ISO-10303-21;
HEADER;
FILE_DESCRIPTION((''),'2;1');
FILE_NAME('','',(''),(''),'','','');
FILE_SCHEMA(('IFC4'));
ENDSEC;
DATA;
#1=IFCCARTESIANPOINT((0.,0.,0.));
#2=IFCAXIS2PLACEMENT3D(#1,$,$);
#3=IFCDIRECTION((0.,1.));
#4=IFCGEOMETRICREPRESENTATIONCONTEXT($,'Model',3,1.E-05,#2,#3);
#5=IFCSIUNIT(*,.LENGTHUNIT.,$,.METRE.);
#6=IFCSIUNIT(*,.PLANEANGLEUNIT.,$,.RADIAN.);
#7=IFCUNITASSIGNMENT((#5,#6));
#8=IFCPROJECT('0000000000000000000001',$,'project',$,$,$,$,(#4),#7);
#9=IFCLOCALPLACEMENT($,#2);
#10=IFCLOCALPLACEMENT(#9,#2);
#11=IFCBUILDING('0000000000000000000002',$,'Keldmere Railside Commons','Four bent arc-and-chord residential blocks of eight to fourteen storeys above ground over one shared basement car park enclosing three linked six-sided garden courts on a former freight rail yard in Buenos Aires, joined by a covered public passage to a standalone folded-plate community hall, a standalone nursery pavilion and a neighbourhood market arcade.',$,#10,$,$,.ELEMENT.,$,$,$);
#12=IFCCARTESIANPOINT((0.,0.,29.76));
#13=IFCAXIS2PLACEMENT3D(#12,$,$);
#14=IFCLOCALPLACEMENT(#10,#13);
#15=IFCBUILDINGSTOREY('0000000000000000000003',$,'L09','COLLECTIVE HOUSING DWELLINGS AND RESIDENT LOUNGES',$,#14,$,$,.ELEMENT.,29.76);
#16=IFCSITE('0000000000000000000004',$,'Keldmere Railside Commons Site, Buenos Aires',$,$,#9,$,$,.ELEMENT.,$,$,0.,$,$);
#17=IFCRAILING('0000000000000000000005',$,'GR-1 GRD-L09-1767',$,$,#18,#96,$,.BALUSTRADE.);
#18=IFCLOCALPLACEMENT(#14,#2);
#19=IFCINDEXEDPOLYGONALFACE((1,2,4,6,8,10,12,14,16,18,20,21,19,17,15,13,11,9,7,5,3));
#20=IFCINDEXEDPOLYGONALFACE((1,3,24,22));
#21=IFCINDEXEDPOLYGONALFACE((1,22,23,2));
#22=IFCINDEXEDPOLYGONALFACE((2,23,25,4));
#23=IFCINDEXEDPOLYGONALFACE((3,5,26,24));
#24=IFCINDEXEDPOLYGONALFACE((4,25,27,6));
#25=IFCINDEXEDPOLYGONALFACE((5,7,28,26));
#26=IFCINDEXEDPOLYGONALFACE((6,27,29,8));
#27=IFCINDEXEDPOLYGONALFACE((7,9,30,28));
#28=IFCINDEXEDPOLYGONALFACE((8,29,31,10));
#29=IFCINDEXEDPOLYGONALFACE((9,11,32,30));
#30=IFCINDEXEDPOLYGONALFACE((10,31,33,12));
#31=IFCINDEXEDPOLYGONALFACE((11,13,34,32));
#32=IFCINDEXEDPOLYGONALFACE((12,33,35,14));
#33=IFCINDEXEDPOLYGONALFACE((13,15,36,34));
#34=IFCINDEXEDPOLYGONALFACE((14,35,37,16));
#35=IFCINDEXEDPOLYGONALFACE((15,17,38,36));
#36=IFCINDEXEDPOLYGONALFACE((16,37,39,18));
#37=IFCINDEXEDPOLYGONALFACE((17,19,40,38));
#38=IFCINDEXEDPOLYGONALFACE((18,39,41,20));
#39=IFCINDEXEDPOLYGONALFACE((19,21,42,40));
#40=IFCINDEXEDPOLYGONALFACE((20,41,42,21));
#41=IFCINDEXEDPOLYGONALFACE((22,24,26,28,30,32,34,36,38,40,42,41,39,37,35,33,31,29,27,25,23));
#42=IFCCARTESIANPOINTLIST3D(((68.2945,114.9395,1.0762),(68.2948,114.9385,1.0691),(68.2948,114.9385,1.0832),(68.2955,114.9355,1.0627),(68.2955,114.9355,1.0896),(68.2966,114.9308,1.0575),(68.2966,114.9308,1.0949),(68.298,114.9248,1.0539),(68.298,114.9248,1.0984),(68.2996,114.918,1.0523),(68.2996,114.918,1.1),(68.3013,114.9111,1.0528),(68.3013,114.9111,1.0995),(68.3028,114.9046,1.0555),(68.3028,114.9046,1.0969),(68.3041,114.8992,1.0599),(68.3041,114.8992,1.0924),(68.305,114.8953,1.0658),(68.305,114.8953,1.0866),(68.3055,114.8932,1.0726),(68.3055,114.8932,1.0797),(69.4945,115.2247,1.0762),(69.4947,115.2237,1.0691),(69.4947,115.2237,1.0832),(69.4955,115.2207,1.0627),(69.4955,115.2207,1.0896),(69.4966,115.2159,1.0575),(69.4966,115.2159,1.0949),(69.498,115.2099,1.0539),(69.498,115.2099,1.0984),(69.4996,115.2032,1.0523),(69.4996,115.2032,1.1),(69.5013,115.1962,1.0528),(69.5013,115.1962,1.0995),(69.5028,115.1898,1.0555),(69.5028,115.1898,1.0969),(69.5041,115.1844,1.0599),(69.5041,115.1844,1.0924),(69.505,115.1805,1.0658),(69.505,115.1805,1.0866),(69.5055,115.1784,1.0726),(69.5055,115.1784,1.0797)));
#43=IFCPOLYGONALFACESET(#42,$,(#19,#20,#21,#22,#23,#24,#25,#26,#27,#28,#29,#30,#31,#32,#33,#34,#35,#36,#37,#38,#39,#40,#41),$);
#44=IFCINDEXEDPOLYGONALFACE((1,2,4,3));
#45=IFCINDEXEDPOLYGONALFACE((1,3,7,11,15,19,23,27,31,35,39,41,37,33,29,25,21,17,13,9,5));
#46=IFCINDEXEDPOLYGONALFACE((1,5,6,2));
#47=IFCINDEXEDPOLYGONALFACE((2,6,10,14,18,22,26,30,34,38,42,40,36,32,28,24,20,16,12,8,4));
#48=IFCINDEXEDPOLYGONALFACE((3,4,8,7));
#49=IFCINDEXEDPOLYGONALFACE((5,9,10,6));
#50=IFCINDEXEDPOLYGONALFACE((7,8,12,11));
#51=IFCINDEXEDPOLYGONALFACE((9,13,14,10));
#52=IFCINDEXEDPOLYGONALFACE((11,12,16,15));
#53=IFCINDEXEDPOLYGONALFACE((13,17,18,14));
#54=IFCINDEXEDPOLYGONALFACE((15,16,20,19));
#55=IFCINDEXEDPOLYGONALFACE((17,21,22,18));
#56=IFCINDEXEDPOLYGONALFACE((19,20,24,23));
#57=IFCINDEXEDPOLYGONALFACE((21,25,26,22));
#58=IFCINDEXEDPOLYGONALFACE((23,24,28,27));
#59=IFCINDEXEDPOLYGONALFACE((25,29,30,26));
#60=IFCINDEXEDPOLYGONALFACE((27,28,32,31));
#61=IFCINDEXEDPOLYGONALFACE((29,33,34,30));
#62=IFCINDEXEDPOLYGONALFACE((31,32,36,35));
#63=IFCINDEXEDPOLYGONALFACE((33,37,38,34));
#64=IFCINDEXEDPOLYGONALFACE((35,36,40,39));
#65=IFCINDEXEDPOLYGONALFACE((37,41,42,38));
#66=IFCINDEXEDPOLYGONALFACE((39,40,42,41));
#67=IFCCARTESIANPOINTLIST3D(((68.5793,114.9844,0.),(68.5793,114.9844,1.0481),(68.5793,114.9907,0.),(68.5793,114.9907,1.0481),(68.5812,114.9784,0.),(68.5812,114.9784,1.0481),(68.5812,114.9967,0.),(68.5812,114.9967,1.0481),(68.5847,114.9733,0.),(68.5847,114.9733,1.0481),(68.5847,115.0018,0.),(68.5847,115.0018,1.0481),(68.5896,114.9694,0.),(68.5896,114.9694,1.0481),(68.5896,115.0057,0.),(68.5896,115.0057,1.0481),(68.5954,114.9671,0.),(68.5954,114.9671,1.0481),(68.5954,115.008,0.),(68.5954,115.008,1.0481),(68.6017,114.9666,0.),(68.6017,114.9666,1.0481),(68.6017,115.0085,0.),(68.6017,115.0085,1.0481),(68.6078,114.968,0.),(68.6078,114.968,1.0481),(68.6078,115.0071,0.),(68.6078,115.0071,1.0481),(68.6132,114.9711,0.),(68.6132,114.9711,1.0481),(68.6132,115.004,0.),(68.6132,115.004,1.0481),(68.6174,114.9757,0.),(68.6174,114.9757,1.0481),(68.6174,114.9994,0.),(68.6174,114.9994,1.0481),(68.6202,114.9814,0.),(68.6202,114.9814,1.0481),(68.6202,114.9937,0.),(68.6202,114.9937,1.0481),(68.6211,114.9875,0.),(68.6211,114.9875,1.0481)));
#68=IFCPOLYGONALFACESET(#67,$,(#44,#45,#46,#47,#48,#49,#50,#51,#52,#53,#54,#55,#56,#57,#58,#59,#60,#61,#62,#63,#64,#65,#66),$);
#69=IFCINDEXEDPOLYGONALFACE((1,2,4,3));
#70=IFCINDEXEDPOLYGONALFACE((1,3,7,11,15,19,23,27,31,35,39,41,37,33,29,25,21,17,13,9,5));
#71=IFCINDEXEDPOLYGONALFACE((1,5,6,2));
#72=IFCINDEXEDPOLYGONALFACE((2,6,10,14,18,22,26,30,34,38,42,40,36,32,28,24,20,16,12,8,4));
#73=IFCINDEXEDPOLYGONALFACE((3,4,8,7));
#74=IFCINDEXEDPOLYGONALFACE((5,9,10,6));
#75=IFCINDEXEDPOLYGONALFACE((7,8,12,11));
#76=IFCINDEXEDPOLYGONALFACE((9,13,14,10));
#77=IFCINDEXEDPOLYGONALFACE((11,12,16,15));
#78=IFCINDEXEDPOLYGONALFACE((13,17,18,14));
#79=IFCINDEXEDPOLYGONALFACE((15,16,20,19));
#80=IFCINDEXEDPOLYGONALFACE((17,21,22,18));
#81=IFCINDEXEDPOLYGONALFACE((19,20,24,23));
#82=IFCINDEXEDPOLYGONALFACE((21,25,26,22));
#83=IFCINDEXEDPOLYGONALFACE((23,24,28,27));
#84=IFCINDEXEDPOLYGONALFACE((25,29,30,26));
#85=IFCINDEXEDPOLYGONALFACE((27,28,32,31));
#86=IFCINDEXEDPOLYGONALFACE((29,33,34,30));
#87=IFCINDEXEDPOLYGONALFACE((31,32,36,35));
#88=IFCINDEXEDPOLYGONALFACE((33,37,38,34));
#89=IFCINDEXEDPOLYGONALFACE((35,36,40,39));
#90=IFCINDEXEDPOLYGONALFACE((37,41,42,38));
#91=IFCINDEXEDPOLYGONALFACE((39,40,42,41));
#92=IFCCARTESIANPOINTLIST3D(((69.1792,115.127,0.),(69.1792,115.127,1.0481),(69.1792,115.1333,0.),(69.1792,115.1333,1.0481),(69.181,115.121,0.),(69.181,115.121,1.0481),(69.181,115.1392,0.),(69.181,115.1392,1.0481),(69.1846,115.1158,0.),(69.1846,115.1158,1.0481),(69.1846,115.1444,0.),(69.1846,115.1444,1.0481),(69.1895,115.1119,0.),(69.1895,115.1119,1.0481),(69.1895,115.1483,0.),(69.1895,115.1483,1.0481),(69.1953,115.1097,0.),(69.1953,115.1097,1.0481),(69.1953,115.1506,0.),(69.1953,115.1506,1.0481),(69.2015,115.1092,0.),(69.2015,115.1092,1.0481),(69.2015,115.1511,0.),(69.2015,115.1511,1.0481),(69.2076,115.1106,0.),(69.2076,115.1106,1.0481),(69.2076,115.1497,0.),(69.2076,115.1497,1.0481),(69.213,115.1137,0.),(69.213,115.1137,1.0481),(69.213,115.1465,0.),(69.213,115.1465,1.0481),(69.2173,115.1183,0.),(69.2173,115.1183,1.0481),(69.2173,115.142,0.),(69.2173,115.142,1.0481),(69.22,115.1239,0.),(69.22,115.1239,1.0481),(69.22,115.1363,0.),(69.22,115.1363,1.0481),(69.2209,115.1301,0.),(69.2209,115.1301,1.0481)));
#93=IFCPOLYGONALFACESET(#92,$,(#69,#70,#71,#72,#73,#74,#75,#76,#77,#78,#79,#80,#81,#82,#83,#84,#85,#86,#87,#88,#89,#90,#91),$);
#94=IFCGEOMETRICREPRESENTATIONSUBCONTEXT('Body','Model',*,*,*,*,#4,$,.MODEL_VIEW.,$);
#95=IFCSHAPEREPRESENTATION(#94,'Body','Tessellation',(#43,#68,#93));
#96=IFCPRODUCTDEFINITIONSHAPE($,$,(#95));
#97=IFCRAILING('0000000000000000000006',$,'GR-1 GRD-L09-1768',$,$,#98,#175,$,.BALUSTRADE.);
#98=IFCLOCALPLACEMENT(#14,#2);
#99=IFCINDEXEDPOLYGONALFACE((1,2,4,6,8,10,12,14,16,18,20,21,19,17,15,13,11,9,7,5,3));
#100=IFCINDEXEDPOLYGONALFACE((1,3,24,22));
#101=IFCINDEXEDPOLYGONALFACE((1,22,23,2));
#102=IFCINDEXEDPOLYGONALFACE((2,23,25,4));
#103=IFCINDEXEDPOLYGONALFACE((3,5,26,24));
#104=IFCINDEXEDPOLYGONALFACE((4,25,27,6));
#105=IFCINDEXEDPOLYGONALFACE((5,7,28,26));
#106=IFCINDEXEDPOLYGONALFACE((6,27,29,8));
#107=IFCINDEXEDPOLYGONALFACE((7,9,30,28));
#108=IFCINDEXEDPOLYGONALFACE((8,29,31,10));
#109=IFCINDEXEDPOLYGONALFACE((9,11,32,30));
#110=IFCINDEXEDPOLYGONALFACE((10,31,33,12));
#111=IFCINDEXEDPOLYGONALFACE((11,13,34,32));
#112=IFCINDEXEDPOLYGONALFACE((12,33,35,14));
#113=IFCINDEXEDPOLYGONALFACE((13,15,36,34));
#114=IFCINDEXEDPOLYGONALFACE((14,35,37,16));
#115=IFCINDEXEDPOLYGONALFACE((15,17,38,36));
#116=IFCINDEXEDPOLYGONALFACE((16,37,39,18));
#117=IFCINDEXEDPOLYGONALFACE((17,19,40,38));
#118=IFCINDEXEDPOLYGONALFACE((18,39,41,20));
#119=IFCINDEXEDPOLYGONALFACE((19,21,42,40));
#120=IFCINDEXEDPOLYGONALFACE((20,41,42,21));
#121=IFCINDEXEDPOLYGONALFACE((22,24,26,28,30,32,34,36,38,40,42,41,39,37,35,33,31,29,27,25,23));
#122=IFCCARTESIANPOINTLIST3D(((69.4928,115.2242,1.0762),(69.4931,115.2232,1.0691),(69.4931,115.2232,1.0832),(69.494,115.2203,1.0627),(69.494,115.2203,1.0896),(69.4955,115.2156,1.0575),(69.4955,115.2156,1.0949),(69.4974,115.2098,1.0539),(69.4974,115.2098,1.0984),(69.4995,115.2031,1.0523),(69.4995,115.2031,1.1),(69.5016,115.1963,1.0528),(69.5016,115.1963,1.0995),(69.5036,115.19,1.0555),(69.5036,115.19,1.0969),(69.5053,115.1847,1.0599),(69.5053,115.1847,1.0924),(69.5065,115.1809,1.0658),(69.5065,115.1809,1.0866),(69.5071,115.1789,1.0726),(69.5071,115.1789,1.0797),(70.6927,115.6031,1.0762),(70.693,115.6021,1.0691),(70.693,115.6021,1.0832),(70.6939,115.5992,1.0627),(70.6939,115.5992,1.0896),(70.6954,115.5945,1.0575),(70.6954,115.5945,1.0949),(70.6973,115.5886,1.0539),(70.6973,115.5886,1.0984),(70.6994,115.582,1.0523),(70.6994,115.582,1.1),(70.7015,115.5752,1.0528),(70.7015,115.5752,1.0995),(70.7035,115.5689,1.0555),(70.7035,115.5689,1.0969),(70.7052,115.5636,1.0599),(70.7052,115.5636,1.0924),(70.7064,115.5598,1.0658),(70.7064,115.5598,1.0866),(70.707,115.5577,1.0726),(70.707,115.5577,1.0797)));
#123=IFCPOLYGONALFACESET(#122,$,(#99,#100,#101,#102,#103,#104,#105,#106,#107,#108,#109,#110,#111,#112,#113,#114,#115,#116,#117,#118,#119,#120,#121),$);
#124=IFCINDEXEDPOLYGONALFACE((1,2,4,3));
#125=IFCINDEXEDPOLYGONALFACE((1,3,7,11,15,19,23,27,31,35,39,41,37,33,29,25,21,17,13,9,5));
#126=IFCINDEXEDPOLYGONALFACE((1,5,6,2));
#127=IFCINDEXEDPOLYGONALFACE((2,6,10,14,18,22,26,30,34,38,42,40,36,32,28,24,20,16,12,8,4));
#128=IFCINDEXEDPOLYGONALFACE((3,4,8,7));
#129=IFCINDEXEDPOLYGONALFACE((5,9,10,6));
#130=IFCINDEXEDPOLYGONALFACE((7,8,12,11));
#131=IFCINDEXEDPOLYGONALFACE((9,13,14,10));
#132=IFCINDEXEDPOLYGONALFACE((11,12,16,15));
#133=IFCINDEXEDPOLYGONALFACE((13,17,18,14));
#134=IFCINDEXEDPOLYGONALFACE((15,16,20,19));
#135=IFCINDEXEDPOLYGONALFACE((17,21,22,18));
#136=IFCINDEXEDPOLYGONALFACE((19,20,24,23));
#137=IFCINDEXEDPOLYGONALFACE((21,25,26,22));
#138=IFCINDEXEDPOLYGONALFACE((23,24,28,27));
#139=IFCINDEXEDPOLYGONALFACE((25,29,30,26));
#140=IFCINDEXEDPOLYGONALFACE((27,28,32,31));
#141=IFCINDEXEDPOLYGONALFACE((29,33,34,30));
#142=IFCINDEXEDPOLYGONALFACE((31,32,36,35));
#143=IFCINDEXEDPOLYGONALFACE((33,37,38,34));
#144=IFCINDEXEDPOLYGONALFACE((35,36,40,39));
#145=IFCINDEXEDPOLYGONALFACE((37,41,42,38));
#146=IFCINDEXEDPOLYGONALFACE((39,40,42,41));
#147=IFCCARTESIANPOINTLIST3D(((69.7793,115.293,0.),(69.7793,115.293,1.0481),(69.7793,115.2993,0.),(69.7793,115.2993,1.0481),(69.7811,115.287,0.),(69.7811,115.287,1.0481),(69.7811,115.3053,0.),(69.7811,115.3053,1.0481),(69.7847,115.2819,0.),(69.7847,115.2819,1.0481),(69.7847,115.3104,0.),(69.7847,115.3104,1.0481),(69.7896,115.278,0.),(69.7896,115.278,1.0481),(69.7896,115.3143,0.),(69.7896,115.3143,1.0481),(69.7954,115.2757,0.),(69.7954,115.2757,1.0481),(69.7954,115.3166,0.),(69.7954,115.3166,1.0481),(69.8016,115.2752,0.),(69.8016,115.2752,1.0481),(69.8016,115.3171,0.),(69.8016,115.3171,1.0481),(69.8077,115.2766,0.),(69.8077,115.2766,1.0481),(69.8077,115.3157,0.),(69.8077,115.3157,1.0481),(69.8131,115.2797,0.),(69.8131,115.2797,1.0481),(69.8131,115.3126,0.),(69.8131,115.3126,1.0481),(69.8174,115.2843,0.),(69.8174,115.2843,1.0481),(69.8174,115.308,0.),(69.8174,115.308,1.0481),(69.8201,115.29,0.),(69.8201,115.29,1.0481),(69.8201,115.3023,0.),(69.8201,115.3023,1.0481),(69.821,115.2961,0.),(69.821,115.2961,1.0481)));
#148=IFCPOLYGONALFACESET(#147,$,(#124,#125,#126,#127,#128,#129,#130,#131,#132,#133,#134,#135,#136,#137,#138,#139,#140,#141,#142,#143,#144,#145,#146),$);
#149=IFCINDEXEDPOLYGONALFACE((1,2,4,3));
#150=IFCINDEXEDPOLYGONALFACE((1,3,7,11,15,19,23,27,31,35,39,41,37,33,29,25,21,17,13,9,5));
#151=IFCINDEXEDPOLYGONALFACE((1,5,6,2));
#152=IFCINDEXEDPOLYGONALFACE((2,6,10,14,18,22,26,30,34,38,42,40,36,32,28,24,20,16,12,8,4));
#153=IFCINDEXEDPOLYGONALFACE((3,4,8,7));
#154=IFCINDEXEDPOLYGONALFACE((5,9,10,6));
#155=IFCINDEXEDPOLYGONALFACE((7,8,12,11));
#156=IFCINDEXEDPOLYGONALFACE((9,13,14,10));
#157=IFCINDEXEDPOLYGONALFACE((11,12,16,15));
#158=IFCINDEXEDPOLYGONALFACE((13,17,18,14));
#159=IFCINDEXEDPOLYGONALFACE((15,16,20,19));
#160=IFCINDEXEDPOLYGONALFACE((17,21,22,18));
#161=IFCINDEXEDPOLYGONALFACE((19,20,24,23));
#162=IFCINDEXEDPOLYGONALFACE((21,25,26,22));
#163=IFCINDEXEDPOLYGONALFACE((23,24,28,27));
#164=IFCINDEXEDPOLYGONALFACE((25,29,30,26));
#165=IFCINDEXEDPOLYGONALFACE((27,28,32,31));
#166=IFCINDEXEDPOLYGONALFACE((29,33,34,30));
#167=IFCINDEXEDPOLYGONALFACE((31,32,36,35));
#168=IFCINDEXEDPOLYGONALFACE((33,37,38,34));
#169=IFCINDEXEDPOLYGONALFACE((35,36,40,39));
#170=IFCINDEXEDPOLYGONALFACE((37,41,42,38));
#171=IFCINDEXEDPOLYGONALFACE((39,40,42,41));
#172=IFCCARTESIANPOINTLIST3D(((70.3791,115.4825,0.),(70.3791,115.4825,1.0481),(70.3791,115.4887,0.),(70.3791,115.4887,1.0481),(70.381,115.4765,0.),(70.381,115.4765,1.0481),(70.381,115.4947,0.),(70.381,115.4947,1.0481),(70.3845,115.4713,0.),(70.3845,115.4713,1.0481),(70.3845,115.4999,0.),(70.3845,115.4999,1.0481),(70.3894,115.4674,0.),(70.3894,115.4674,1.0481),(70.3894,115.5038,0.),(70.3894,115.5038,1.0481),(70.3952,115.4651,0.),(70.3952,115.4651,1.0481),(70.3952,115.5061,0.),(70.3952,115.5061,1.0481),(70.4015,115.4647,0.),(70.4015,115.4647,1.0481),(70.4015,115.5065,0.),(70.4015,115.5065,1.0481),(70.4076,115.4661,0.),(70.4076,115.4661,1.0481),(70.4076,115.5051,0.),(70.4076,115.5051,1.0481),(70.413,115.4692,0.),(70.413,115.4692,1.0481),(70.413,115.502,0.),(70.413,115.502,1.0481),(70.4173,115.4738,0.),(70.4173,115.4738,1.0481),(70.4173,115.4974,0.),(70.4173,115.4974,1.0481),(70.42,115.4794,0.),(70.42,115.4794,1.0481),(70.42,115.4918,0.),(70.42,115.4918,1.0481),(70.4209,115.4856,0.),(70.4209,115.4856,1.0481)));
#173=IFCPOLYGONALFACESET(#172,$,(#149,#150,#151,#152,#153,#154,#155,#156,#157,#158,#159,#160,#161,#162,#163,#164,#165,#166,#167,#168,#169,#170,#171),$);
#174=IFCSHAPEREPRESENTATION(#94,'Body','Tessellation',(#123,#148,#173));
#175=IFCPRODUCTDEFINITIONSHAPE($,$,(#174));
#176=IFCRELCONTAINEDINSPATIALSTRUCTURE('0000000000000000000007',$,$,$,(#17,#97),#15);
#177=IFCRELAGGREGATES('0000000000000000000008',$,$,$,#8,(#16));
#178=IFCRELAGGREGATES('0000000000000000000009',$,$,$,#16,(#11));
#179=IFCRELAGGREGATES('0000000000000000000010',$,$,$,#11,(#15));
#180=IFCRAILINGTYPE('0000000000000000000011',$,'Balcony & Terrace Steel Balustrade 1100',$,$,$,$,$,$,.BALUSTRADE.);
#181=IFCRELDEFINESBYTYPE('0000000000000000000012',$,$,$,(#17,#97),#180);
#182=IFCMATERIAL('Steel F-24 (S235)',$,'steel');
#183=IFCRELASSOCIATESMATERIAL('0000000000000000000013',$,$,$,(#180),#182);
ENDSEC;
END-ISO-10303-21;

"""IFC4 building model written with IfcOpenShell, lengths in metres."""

from ifc_helpers import new_model, si_unit, direction, frame, origin, origin_2d, place, context, subcontext, project, spatial, circle, extrude, material, type_object, element, save


model = new_model("IFC4")

# Units and contexts
model_context = context("Model", 3, precision=1e-05, world=origin(), true_north=direction((0.0, 1.0)))
body_context = subcontext(model_context, "Body", "Model", "MODEL_VIEW")
ifc_project = project(units=[si_unit("LENGTHUNIT", "METRE"), si_unit("PLANEANGLEUNIT", "RADIAN")], contexts=[model_context])

# Site, building, storey
site_placement = place(None, origin())
site = spatial("IfcSite", under=ifc_project, at=site_placement, Name="Keldmere Railside Commons Site, Buenos Aires", CompositionType="ELEMENT", RefElevation=0.0)
building_placement = place(site_placement, origin())
building = spatial("IfcBuilding", under=site, at=building_placement, Name="Keldmere Railside Commons", Description="Four bent arc-and-chord residential blocks of eight to fourteen storeys above ground over one shared basement car park enclosing three linked six-sided garden courts on a former freight rail yard in Buenos Aires, joined by a covered public passage to a standalone folded-plate community hall, a standalone nursery pavilion and a neighbourhood market arcade.", CompositionType="ELEMENT")
storey_placement = place(building_placement, frame((0.0, 0.0, 29.76)))
storey = spatial("IfcBuildingStorey", under=building, at=storey_placement, Name="L09", Description="COLLECTIVE HOUSING DWELLINGS AND RESIDENT LOUNGES", CompositionType="ELEMENT", Elevation=29.76)

# Railings
ifc_material_1 = material(Name="Steel F-24 (S235)", Category="steel")
railing_type = type_object("IfcRailingType", Name="Balcony & Terrace Steel Balustrade 1100", PredefinedType="BALUSTRADE", material=ifc_material_1)
railing_1_placement = place(storey_placement, frame((68.3, 114.9163, 0.0)))
element("IfcRailing", 1, at=railing_1_placement, inside=storey, type_object=railing_type, Name="GR-1 GRD-L09-1767", PredefinedType="BALUSTRADE", context=body_context, shape_type="SweptSolid", body=[
    extrude(circle(Radius=0.0239, at=origin_2d()), frame((0.0, 0.0, 1.0762), z_axis=(0.972906, 0.231201, 0.0), x_axis=(-0.231201, 0.972906, 0.0)), (0.0, 0.0, 1.0), 1.2334),
    extrude(circle(Radius=0.021, at=origin_2d()), frame((0.3, 0.0713, 0.0)), (0.0, 0.0, 1.0), 1.0481),
    extrude(circle(Radius=0.021, at=origin_2d()), frame((0.8999, 0.2139, 0.0)), (0.0, 0.0, 1.0), 1.0481),
])
railing_2_placement = place(storey_placement, frame((69.5, 115.2014, 0.0)))
element("IfcRailing", 2, at=railing_2_placement, inside=storey, type_object=railing_type, Name="GR-1 GRD-L09-1768", PredefinedType="BALUSTRADE", context=body_context, shape_type="SweptSolid", body=[
    extrude(circle(Radius=0.0239, at=origin_2d()), frame((0.0, 0.0, 1.0762), z_axis=(0.953589, 0.301113, 0.0), x_axis=(-0.301113, 0.953589, 0.0)), (0.0, 0.0, 1.0), 1.2583),
    extrude(circle(Radius=0.021, at=origin_2d()), frame((0.3, 0.0947, 0.0)), (0.0, 0.0, 1.0), 1.0481),
    extrude(circle(Radius=0.021, at=origin_2d()), frame((0.8999, 0.2842, 0.0)), (0.0, 0.0, 1.0), 1.0481),
])

save(model, "model.ifc")
